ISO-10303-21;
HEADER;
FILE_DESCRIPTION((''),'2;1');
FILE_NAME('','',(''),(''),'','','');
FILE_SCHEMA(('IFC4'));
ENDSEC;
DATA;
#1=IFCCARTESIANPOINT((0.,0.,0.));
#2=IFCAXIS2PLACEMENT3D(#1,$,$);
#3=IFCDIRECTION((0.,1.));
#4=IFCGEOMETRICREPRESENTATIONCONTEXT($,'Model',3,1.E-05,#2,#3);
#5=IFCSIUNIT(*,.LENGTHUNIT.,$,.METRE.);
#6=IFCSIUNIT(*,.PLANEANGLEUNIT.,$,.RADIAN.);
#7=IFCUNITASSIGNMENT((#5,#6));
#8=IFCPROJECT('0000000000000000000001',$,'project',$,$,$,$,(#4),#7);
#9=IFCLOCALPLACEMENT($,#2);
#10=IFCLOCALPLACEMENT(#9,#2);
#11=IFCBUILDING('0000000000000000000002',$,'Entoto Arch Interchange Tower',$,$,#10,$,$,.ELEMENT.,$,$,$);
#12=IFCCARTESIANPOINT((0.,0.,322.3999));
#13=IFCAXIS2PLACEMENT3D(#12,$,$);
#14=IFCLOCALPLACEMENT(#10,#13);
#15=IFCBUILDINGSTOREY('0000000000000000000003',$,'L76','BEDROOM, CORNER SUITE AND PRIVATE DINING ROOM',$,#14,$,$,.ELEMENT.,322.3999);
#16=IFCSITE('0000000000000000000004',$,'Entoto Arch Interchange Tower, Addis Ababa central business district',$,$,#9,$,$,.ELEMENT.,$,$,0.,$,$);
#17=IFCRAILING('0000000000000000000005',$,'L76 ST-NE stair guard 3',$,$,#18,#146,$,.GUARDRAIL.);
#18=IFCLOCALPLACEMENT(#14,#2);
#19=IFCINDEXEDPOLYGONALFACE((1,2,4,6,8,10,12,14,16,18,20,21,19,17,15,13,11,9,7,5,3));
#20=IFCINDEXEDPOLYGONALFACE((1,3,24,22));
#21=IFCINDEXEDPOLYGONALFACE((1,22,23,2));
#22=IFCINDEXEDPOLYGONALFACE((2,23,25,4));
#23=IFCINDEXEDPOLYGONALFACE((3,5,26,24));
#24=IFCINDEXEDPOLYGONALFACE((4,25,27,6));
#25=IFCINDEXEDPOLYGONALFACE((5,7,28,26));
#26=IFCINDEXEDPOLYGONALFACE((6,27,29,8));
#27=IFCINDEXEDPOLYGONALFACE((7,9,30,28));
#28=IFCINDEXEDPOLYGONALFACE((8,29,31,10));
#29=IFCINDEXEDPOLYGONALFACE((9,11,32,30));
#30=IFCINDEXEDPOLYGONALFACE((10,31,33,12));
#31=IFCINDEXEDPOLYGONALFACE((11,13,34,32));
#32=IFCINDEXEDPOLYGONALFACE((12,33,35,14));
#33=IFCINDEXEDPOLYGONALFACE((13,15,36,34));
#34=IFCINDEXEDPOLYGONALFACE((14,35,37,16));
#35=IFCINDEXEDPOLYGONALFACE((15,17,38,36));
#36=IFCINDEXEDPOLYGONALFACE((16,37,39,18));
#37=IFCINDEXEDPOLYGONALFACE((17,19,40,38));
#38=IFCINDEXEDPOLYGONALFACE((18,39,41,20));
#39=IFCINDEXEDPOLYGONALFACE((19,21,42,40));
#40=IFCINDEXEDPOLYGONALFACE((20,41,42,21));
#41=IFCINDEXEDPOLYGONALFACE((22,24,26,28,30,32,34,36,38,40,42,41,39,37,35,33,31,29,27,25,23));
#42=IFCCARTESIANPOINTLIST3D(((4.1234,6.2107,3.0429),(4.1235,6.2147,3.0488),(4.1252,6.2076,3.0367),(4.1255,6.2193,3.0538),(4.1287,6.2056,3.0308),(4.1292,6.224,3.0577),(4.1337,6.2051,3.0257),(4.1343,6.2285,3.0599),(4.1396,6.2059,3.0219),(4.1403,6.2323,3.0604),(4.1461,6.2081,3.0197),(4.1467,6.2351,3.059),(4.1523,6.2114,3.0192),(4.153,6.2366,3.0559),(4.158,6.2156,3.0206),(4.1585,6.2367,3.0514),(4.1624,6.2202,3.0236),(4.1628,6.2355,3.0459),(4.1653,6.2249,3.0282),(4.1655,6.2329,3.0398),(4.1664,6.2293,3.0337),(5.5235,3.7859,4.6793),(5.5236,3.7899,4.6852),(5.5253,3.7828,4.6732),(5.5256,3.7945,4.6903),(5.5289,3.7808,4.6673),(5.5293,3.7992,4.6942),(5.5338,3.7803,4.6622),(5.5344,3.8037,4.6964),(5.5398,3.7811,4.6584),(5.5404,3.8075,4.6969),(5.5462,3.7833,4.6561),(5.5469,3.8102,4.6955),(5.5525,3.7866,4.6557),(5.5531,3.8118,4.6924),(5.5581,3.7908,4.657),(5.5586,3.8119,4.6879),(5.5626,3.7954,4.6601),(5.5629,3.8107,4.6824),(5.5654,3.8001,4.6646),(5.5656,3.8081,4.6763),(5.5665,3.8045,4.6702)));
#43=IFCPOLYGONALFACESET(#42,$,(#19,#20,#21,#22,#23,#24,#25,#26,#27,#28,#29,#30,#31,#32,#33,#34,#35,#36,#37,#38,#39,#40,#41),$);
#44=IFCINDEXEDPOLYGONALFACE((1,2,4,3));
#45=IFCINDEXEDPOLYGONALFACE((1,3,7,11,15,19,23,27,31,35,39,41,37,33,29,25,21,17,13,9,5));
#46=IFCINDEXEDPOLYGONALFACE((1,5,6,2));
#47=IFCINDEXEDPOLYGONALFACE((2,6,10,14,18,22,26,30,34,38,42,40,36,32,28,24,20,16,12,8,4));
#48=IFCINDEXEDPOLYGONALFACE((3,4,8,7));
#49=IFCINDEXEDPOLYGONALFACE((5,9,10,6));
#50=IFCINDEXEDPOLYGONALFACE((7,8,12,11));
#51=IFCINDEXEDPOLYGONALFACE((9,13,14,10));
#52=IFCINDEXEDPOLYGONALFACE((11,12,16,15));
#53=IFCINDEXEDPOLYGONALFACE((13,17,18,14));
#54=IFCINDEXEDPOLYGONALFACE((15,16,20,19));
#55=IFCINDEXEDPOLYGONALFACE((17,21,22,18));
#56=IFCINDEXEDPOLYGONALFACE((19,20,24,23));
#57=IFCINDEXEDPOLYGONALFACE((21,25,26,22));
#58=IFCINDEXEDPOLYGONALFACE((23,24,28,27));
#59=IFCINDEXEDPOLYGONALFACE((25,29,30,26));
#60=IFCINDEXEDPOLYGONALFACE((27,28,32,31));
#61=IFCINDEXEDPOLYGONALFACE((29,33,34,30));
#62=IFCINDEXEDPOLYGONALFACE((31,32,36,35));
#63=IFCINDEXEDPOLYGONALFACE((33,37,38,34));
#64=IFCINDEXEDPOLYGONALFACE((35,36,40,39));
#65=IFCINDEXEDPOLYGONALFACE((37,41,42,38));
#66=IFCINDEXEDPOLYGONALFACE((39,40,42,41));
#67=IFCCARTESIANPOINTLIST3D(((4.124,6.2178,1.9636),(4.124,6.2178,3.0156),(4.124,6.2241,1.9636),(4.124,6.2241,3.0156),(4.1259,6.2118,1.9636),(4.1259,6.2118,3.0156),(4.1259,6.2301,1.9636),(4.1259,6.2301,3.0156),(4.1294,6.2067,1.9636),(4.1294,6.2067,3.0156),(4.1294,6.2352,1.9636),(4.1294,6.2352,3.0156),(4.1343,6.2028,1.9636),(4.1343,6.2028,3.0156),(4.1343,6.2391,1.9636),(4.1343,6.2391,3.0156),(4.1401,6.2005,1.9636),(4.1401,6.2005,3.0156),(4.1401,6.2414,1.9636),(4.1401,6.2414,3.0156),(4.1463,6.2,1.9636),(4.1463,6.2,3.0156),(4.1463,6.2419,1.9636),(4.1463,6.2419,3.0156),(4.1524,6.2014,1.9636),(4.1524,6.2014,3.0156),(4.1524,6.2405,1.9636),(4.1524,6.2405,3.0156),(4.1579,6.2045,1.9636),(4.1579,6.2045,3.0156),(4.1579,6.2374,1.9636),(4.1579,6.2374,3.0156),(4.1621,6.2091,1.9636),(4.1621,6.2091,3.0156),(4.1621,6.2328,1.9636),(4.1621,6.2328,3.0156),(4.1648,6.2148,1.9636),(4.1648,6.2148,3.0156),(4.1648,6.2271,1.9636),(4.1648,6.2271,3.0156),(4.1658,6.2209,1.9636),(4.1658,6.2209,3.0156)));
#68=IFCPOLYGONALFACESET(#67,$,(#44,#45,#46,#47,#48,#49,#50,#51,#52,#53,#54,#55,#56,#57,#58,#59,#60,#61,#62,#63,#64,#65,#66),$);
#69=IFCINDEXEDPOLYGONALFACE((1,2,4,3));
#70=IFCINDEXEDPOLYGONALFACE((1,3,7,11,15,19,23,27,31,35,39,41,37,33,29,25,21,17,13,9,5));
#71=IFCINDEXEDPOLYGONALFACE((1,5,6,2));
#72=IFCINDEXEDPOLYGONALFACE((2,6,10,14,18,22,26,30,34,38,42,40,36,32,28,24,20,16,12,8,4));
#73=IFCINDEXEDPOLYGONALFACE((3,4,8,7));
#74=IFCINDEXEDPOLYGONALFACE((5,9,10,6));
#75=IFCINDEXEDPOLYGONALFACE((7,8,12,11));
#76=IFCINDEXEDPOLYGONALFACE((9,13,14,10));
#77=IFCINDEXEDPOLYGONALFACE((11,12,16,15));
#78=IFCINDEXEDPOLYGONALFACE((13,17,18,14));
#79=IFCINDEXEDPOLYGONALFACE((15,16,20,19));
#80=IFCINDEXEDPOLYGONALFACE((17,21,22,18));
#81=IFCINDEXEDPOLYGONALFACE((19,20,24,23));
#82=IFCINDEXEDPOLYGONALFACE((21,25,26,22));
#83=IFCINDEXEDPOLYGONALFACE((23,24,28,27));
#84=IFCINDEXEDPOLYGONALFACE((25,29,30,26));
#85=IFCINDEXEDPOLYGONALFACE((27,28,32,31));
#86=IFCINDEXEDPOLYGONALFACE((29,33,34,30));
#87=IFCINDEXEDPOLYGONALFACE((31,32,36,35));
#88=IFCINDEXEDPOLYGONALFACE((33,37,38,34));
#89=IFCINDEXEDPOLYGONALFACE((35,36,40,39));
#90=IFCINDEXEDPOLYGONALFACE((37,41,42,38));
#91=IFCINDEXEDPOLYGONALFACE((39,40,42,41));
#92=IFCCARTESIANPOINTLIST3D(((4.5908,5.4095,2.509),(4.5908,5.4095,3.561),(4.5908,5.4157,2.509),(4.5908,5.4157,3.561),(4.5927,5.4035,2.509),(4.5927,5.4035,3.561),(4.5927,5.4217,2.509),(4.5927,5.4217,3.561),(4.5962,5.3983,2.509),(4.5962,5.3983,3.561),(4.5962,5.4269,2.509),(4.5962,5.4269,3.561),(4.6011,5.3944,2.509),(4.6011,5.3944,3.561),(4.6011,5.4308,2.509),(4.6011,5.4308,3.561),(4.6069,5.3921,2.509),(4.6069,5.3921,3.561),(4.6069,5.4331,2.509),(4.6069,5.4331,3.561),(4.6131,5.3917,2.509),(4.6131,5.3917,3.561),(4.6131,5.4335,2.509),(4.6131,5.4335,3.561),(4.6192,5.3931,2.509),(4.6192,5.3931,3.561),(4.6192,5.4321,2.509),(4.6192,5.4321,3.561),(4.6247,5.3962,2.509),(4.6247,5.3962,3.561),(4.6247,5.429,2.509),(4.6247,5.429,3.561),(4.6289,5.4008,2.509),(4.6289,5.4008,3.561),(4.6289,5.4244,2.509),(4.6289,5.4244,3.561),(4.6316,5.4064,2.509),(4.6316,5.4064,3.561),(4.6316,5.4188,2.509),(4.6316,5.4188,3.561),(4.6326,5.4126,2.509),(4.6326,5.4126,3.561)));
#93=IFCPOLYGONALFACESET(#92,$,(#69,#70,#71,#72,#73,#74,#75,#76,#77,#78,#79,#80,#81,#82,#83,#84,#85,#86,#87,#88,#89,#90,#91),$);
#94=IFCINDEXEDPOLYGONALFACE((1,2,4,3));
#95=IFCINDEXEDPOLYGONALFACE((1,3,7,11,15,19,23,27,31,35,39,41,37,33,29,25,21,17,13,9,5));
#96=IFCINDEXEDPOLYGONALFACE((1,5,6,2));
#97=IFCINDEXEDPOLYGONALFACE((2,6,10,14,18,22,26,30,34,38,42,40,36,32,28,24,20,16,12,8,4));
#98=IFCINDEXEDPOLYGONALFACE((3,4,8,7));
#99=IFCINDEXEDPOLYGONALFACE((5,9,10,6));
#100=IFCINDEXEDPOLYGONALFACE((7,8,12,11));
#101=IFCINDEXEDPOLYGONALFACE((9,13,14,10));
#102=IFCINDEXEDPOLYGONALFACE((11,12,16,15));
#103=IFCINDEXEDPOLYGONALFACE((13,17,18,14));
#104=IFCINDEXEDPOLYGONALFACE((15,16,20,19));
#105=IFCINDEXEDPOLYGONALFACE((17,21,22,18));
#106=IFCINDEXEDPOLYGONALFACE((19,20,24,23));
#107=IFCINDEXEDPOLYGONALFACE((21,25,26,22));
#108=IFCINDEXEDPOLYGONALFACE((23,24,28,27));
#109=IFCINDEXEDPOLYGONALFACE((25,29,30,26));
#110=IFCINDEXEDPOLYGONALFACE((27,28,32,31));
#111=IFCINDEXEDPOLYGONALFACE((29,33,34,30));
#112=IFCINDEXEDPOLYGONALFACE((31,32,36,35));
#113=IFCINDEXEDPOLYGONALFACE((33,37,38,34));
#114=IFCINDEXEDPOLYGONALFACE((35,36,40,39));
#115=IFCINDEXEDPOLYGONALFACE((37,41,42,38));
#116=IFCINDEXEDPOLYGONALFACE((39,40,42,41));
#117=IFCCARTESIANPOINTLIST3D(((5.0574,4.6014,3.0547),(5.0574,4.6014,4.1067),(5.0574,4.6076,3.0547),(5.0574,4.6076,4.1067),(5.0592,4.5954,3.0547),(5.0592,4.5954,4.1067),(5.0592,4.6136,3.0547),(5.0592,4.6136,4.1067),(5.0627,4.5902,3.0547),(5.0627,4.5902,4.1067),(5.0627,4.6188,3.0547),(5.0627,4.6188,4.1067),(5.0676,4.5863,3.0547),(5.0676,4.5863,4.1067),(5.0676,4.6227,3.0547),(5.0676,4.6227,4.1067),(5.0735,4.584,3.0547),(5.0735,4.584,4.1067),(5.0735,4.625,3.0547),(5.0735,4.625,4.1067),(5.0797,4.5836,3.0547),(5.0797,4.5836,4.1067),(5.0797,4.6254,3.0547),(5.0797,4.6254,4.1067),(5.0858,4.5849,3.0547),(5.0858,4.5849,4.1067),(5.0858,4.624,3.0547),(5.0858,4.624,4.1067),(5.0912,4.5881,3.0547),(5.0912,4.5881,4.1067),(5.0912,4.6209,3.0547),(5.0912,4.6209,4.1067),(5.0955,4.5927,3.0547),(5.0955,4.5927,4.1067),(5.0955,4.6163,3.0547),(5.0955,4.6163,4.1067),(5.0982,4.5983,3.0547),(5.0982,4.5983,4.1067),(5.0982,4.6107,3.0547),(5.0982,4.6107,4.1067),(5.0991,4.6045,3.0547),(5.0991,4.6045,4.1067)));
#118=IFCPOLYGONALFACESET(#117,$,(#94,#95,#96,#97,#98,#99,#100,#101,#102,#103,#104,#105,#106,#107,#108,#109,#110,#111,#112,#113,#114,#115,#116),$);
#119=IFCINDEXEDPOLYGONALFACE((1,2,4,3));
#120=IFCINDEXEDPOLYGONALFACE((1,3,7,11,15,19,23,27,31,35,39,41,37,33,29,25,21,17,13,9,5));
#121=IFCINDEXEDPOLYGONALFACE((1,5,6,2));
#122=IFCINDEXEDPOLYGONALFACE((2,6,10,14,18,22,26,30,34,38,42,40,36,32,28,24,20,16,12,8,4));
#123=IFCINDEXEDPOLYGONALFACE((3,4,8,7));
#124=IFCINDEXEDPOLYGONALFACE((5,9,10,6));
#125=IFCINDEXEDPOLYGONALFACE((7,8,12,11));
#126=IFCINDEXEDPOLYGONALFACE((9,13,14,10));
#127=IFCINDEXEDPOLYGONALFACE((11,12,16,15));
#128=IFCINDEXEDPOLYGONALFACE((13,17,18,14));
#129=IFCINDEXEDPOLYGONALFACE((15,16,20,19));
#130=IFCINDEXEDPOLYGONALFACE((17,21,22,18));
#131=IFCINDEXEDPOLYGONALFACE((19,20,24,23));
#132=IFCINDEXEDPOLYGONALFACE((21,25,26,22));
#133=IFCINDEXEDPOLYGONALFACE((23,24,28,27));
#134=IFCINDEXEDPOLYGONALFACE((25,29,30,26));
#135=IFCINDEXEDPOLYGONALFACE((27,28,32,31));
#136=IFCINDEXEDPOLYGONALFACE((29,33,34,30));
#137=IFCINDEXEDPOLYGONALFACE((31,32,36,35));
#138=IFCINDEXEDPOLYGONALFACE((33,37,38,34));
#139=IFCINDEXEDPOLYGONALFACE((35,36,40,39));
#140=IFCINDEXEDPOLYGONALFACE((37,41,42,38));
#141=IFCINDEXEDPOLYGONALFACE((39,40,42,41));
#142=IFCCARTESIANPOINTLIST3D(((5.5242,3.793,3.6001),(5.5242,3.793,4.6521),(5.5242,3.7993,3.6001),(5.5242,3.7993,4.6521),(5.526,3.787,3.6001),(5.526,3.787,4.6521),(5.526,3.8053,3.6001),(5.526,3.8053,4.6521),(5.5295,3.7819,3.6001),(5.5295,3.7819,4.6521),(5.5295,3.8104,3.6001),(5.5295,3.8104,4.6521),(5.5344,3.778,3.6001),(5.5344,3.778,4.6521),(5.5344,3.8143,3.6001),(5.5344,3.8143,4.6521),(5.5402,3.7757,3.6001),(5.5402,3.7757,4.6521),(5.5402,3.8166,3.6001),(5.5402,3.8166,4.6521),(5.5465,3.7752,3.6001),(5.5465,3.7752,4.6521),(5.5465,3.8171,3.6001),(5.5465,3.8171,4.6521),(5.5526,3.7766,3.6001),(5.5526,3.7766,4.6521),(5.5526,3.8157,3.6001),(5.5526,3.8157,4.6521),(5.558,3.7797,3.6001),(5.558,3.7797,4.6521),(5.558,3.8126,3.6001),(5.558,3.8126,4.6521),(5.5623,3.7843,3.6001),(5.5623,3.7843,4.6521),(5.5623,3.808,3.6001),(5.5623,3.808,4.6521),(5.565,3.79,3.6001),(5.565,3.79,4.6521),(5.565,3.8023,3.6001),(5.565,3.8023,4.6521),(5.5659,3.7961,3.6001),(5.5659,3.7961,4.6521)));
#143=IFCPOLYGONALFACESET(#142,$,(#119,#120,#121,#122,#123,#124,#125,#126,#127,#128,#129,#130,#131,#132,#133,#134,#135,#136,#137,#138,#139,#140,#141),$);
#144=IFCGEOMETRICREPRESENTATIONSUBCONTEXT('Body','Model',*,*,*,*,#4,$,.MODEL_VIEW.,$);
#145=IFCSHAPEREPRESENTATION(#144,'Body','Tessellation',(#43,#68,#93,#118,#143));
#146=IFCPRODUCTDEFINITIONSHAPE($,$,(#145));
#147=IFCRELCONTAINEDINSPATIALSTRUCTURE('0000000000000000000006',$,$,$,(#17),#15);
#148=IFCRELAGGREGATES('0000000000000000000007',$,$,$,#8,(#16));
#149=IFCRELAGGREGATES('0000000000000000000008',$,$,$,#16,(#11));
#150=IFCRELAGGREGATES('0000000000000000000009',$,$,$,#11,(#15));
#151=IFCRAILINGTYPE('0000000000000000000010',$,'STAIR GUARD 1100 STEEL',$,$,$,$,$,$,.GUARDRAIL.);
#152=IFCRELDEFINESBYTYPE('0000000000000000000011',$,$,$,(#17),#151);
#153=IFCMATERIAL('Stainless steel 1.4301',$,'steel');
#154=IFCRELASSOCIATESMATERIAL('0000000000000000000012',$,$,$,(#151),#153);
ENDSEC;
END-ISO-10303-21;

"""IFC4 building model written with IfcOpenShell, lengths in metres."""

from ifc_helpers import new_model, si_unit, direction, frame, origin, origin_2d, place, context, subcontext, project, spatial, circle, extrude, material, type_object, element, save


model = new_model("IFC4")

# Units and contexts
model_context = context("Model", 3, precision=1e-05, world=origin(), true_north=direction((0.0, 1.0)))
body_context = subcontext(model_context, "Body", "Model", "MODEL_VIEW")
ifc_project = project(units=[si_unit("LENGTHUNIT", "METRE"), si_unit("PLANEANGLEUNIT", "RADIAN")], contexts=[model_context])

# Site, building, storey
site_placement = place(None, origin())
site = spatial("IfcSite", under=ifc_project, at=site_placement, Name="Entoto Arch Interchange Tower, Addis Ababa central business district", CompositionType="ELEMENT", RefElevation=0.0)
building_placement = place(site_placement, origin())
building = spatial("IfcBuilding", under=site, at=building_placement, Name="Entoto Arch Interchange Tower", CompositionType="ELEMENT")
storey_placement = place(building_placement, frame((0.0, 0.0, 322.3999)))
storey = spatial("IfcBuildingStorey", under=building, at=storey_placement, Name="L76", Description="BEDROOM, CORNER SUITE AND PRIVATE DINING ROOM", CompositionType="ELEMENT", Elevation=322.3999)

# Railing
ifc_material_1 = material(Name="Stainless steel 1.4301", Category="steel")
railing_type_1 = type_object("IfcRailingType", Name="STAIR GUARD 1100 STEEL", PredefinedType="GUARDRAIL", material=ifc_material_1)
railing_1_placement = place(storey_placement, frame((4.1448, 6.2209, 1.9636)))
element("IfcRailing", 1, at=railing_1_placement, inside=storey, type_object=railing_type_1, Name="L76 ST-NE stair guard 3", PredefinedType="GUARDRAIL", context=body_context, shape_type="SweptSolid", body=[
    extrude(circle(Radius=0.0239, at=origin_2d()), frame((0.0, 0.0, 1.0762), z_axis=(0.431722, -0.747666, 0.504591), x_axis=(0.865997, 0.50005, 0.0)), (0.0, 0.0, 1.0), 3.2432),
    extrude(circle(Radius=0.021, at=origin_2d()), origin(), (0.0, 0.0, 1.0), 1.052),
    extrude(circle(Radius=0.021, at=origin_2d()), frame((0.4668, -0.8083, 0.5454)), (0.0, 0.0, 1.0), 1.052),
    extrude(circle(Radius=0.021, at=origin_2d()), frame((0.9333, -1.6165, 1.0911)), (0.0, 0.0, 1.0), 1.052),
    extrude(circle(Radius=0.021, at=origin_2d()), frame((1.4001, -2.4248, 1.6365)), (0.0, 0.0, 1.0), 1.052),
])

save(model, "model.ifc")
